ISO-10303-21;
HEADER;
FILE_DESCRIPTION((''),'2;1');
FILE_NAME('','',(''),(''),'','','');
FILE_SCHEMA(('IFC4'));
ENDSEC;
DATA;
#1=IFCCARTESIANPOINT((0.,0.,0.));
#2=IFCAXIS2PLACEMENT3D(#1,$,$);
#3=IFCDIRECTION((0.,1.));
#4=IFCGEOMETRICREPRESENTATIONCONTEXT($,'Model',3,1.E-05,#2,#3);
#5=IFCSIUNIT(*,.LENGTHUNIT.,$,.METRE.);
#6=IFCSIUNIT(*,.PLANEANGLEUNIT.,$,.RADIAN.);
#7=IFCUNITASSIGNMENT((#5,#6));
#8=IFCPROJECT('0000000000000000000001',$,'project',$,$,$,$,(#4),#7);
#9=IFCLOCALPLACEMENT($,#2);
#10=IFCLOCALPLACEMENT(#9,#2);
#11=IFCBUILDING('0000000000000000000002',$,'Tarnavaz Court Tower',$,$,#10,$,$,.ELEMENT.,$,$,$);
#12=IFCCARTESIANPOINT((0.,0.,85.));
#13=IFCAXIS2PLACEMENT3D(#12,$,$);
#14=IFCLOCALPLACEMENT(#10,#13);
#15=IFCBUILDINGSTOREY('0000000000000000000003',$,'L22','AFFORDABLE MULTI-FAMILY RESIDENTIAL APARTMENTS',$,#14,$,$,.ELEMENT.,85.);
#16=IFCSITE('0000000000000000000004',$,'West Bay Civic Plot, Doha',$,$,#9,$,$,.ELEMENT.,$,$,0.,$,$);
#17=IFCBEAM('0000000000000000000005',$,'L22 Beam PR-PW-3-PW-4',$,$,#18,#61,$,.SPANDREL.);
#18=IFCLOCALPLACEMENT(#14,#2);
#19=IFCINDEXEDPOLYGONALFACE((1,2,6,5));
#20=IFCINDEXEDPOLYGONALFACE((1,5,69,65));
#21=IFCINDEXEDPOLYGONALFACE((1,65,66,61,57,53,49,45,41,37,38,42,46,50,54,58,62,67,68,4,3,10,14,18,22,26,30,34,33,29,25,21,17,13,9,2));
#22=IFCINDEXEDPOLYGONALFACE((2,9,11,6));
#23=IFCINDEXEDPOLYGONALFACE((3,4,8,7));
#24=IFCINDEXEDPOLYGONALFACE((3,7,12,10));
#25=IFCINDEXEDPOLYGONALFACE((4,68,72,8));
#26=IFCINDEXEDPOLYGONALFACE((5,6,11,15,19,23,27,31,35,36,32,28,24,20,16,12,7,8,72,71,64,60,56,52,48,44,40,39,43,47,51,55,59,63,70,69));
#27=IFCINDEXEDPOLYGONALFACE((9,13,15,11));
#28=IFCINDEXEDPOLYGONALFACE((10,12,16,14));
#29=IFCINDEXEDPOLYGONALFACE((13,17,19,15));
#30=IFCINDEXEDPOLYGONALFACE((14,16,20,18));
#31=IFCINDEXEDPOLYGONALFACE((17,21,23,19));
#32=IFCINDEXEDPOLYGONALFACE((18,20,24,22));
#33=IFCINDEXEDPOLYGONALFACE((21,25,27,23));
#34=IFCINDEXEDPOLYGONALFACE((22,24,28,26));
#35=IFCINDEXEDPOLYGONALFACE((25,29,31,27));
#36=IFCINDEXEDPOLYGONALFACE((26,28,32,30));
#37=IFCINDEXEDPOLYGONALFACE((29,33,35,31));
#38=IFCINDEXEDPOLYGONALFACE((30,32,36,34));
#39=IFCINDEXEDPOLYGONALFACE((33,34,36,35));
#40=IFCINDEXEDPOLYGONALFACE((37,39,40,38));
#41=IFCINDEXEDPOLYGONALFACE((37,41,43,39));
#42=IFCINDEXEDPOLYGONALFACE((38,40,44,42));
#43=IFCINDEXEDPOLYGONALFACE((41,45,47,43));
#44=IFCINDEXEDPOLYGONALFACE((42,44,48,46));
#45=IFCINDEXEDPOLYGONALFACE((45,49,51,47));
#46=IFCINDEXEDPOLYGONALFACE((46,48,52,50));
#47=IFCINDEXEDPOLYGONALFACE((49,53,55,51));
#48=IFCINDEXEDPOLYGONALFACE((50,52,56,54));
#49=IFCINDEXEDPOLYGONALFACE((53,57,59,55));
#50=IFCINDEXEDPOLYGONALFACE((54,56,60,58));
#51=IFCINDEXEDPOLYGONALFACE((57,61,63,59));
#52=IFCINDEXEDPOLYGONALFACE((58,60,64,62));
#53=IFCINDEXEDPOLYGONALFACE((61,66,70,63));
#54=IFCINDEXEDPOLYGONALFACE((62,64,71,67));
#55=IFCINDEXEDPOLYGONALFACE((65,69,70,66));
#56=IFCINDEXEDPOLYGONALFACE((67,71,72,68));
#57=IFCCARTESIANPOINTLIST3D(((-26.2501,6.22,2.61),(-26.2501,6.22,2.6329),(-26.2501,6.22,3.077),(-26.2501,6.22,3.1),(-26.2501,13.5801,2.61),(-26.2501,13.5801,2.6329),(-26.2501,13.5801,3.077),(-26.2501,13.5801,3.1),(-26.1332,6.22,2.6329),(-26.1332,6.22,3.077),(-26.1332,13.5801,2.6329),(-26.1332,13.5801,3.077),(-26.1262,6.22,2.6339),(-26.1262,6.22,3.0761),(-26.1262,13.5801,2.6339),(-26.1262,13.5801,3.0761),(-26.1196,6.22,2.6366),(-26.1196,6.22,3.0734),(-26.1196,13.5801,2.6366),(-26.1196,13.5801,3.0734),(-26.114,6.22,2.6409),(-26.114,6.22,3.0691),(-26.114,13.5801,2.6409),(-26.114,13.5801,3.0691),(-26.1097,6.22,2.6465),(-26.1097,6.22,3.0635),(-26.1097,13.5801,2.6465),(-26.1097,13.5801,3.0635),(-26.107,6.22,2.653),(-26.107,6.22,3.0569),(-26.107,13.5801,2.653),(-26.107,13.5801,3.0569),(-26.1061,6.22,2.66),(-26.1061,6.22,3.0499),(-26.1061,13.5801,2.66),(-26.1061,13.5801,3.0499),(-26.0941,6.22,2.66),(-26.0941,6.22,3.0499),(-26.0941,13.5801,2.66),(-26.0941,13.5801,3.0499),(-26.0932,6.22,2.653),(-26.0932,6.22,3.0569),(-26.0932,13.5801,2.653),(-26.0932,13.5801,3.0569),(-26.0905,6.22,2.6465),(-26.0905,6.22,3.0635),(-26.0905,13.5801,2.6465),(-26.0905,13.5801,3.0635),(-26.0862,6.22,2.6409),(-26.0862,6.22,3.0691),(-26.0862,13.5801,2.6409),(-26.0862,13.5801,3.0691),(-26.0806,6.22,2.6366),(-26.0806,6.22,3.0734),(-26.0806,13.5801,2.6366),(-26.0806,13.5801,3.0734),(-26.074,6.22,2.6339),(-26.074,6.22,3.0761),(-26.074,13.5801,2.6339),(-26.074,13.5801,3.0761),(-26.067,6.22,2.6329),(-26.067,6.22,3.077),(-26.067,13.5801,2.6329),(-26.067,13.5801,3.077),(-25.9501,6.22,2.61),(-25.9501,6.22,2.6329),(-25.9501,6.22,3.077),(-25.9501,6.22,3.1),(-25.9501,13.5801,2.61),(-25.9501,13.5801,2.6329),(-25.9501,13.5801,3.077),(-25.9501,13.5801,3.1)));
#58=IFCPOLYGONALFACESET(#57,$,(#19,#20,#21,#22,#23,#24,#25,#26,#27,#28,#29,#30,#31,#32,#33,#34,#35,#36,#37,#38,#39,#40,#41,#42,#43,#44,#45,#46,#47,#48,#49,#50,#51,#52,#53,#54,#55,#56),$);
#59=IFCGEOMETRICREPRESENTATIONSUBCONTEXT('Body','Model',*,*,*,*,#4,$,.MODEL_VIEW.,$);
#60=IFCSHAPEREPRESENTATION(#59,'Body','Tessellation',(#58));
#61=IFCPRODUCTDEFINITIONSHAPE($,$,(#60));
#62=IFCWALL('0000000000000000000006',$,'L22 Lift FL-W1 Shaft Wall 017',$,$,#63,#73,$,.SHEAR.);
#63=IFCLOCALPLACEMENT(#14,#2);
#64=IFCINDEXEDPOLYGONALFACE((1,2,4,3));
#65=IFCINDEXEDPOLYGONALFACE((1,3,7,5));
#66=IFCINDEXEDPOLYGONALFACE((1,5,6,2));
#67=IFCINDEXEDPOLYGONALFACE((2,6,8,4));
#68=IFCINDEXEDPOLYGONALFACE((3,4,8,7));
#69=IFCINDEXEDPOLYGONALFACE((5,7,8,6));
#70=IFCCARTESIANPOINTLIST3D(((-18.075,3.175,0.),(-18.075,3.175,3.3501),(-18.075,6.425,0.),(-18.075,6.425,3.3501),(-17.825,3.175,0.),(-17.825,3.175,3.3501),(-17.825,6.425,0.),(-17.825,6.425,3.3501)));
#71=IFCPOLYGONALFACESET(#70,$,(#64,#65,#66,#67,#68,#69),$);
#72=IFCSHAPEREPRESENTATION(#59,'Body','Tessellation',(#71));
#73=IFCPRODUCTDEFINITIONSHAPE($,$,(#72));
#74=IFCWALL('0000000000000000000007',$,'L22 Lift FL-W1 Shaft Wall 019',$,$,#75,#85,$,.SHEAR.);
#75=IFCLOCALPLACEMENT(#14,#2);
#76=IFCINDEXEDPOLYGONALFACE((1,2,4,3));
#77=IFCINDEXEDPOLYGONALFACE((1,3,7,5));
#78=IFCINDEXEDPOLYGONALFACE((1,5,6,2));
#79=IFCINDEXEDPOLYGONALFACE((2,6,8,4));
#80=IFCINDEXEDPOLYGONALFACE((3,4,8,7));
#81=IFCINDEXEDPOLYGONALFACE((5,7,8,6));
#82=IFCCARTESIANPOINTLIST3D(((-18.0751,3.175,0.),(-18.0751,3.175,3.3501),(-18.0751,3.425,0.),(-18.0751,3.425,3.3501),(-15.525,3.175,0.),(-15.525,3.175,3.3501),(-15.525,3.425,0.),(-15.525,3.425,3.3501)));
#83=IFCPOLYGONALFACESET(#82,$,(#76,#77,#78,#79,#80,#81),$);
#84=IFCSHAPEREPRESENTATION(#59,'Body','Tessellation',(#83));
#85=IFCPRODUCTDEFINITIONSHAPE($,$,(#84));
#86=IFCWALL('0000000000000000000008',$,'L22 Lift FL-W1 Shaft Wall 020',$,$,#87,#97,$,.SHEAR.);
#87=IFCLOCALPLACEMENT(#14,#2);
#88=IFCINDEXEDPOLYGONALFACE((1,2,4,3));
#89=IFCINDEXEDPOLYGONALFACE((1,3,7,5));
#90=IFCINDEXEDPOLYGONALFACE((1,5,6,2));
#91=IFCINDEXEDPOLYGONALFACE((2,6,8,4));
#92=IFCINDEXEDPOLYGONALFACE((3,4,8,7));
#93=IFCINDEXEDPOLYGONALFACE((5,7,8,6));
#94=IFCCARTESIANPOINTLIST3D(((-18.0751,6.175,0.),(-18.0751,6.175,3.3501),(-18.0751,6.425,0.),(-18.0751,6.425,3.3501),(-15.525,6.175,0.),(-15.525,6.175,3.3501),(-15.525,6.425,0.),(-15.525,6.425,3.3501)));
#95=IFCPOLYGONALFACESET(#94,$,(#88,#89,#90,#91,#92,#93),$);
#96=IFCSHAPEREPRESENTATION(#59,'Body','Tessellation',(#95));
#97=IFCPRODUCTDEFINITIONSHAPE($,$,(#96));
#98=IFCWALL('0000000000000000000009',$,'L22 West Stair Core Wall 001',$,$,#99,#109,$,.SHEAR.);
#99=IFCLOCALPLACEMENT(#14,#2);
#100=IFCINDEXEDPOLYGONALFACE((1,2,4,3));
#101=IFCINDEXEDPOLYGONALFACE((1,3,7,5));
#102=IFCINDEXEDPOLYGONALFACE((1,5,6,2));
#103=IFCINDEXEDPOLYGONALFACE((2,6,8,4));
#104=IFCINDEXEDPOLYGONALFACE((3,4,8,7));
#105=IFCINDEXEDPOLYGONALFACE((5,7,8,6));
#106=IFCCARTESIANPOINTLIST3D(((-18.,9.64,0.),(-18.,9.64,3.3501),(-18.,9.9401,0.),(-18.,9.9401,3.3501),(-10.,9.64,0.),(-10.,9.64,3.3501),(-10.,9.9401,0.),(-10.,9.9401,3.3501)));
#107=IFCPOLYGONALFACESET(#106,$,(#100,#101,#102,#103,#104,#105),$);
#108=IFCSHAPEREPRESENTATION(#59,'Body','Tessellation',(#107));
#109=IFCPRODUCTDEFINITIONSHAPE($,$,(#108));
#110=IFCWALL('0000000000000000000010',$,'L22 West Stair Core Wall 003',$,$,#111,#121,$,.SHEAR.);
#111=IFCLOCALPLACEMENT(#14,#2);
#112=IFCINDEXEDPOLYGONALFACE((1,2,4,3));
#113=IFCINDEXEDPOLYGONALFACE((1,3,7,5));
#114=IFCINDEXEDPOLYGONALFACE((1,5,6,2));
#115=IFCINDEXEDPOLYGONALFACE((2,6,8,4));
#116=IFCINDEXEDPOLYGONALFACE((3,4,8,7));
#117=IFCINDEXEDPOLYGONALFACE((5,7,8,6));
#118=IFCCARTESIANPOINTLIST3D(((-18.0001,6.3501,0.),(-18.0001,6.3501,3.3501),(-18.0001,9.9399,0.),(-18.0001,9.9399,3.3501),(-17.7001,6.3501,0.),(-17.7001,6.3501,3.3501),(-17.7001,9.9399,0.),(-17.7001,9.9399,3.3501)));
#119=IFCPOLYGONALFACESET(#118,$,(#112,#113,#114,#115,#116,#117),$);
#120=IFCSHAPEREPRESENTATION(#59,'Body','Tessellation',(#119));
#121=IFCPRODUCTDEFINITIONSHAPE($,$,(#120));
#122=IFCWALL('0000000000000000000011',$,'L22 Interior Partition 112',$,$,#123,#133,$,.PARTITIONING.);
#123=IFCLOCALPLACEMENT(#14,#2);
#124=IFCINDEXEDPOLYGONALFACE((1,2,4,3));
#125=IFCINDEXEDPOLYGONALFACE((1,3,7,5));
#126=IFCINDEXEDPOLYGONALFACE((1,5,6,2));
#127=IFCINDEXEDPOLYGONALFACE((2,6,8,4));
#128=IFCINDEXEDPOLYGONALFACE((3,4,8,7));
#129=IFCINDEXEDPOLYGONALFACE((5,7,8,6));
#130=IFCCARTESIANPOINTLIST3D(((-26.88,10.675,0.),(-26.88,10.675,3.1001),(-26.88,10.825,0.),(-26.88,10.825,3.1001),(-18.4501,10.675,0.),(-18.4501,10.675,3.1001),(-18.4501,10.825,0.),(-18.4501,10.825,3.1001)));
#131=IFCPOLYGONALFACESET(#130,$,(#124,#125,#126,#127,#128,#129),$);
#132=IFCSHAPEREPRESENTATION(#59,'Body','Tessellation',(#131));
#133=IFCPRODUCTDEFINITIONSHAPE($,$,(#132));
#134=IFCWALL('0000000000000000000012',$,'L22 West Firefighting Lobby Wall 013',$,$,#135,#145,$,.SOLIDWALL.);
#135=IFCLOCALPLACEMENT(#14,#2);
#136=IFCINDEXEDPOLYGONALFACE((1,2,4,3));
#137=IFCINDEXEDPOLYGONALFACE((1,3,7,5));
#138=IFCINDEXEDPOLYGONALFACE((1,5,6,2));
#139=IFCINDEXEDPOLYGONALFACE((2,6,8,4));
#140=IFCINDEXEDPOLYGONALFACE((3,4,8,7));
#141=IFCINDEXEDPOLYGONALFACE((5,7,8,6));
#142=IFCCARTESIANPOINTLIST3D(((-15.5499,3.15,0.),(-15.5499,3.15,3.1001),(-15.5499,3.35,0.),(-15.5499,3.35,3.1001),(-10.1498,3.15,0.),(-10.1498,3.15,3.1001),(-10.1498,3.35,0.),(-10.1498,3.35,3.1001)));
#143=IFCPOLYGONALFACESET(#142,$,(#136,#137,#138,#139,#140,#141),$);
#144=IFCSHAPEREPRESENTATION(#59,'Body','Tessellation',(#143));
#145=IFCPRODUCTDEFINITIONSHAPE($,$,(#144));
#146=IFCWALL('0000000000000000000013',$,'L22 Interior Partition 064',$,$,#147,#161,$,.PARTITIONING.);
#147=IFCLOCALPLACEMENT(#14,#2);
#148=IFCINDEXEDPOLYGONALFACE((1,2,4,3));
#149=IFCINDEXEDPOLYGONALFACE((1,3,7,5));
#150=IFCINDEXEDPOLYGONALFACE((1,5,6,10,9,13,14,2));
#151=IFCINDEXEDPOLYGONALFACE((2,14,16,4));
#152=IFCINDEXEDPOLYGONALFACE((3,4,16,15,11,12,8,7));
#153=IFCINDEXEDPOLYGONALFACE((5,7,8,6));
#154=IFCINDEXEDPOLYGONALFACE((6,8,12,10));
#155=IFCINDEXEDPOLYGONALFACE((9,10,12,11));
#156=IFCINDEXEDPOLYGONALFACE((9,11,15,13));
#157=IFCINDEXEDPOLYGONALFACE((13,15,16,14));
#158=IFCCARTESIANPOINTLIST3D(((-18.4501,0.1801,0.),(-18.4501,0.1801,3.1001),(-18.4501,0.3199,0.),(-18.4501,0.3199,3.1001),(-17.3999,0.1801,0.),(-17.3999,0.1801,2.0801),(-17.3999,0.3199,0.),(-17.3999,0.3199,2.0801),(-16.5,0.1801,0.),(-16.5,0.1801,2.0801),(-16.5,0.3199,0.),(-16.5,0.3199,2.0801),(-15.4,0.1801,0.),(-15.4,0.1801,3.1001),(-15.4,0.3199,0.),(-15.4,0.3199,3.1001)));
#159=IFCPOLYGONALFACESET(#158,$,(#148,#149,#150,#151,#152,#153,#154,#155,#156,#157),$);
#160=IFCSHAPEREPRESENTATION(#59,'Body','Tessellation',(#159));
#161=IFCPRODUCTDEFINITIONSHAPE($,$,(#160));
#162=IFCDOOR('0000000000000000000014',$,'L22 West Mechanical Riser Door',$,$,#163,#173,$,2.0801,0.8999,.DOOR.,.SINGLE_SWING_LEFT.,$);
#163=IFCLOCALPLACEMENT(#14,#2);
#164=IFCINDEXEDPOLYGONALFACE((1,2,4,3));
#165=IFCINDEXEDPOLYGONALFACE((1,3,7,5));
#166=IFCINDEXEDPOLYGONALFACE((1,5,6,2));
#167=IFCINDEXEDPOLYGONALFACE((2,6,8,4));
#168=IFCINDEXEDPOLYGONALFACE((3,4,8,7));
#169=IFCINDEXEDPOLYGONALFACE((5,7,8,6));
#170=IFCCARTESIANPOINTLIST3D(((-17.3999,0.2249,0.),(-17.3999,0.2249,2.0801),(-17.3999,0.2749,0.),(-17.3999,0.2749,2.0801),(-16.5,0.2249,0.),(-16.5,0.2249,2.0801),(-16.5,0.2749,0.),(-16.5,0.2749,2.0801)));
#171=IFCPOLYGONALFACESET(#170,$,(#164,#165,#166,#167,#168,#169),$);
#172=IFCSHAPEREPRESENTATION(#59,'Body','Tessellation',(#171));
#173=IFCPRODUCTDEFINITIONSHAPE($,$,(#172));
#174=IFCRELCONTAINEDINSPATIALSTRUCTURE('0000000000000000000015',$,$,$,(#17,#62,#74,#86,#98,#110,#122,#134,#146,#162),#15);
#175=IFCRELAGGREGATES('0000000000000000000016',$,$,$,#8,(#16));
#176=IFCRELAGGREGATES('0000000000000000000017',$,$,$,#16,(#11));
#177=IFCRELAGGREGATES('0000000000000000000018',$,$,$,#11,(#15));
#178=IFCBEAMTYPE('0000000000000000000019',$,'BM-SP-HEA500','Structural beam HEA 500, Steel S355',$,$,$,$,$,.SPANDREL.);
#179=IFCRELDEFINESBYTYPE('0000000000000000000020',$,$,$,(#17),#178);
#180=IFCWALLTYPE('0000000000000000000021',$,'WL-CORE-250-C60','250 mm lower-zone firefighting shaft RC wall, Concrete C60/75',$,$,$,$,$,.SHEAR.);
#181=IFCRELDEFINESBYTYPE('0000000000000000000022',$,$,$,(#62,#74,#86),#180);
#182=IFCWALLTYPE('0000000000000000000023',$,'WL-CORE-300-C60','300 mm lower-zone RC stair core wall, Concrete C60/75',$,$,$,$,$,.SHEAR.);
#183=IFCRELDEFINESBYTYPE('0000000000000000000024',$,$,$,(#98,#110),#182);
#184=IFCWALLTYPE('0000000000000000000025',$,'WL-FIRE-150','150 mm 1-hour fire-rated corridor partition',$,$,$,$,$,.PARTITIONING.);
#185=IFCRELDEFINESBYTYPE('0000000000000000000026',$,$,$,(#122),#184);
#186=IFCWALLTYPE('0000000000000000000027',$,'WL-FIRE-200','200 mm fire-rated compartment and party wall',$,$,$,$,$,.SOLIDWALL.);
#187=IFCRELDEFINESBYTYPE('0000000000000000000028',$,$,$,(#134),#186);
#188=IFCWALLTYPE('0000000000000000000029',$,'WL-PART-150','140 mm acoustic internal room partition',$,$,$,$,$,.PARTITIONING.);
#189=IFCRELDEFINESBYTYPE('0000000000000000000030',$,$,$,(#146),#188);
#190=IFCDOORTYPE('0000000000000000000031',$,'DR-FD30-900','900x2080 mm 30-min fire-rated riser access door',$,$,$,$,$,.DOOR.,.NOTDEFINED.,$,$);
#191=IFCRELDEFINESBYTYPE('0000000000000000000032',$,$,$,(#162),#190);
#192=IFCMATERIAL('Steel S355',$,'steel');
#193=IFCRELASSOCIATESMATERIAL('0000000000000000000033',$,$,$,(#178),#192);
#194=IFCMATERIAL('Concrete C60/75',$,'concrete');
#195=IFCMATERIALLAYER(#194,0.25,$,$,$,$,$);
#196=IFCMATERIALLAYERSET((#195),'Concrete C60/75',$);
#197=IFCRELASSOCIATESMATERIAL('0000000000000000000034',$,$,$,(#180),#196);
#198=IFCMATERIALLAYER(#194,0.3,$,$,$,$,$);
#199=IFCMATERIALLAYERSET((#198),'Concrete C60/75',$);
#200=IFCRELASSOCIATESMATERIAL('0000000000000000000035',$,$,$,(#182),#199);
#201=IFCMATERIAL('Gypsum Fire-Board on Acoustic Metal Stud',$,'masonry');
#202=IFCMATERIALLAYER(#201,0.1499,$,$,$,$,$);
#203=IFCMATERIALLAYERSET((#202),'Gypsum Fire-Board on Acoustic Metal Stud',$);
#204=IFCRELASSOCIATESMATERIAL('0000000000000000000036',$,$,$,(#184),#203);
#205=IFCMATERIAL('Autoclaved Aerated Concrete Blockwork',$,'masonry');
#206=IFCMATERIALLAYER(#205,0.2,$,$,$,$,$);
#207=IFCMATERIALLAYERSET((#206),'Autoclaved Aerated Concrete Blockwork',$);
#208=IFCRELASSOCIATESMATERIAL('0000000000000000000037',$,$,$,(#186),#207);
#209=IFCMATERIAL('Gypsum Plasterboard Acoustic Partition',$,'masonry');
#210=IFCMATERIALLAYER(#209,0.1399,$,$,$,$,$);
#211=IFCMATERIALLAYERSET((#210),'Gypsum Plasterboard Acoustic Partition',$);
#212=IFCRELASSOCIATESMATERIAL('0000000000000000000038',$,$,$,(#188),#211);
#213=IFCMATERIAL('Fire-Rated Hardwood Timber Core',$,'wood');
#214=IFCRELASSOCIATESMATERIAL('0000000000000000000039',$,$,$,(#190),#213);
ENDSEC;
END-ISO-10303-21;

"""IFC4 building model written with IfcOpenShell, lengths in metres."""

from ifc_helpers import new_model, si_unit, direction, frame, frame_2d, origin, origin_2d, place, context, subcontext, project, spatial, rectangle, i_section, extrude, material, layer, layer_set, material_profile, profile_set, type_object, element, fill, save


model = new_model("IFC4")

# Units and contexts
model_context = context("Model", 3, precision=1e-05, world=origin(), true_north=direction((0.0, 1.0)))
body_context = subcontext(model_context, "Body", "Model", "MODEL_VIEW")
ifc_project = project(units=[si_unit("LENGTHUNIT", "METRE"), si_unit("PLANEANGLEUNIT", "RADIAN")], contexts=[model_context])

# Site, building, storey
site_placement = place(None, origin())
site = spatial("IfcSite", under=ifc_project, at=site_placement, Name="West Bay Civic Plot, Doha", CompositionType="ELEMENT", RefElevation=0.0)
building_placement = place(site_placement, origin())
building = spatial("IfcBuilding", under=site, at=building_placement, Name="Tarnavaz Court Tower", CompositionType="ELEMENT")
storey_placement = place(building_placement, frame((0.0, 0.0, 85.0)))
storey = spatial("IfcBuildingStorey", under=building, at=storey_placement, Name="L22", Description="AFFORDABLE MULTI-FAMILY RESIDENTIAL APARTMENTS", CompositionType="ELEMENT", Elevation=85.0)

# Shared definitions
ifc_material_1 = material(Name="Concrete C60/75", Category="concrete")

# Beam
ifc_material_2 = material(Name="Steel S355", Category="steel")
ifc_material_profile_1 = material_profile(ifc_material_2, i_section(OverallWidth=0.3, OverallDepth=0.49, WebThickness=0.012, FlangeThickness=0.0229, FilletRadius=0.0271, at=origin_2d()), Name="HEA 500")
ifc_profile_set_1 = profile_set([ifc_material_profile_1], Name="Steel S355")
beam_type_1 = type_object("IfcBeamType", Name="BM-SP-HEA500", Description="Structural beam HEA 500, Steel S355", PredefinedType="SPANDREL", material=ifc_profile_set_1)
beam_1_placement = place(storey_placement, frame((-26.1001, 6.22, 2.855), z_axis=(0.0, 1.0, 0.0), x_axis=(-1.0, 0.0, 0.0)))
element("IfcBeam", 1, at=beam_1_placement, inside=storey, type_object=beam_type_1, Name="L22 Beam PR-PW-3-PW-4", PredefinedType="SPANDREL", context=body_context, shape_type="SweptSolid", body=[
    extrude(i_section(OverallWidth=0.3, OverallDepth=0.49, WebThickness=0.012, FlangeThickness=0.0229, FilletRadius=0.0271, at=origin_2d()), origin(), (0.0, 0.0, 1.0), 7.3601),
])

# Wall
ifc_layer_1 = layer(ifc_material_1, 0.25)
ifc_layer_set_1 = layer_set([ifc_layer_1], Name="Concrete C60/75")
wall_type_1 = type_object("IfcWallType", Name="WL-CORE-250-C60", Description="250 mm lower-zone firefighting shaft RC wall, Concrete C60/75", PredefinedType="SHEAR", material=ifc_layer_set_1)
wall_1_placement = place(storey_placement, frame((-17.95, 3.175, 0.0), z_axis=(0.0, 0.0, 1.0), x_axis=(0.0, 1.0, 0.0)))
element("IfcWall", 2, at=wall_1_placement, inside=storey, type_object=wall_type_1, Name="L22 Lift FL-W1 Shaft Wall 017", PredefinedType="SHEAR", context=body_context, shape_type="SweptSolid", body=[
    extrude(rectangle(XDim=3.25, YDim=0.25, at=frame_2d((1.625, 0.0))), origin(), (0.0, 0.0, 1.0), 3.3501),
])

# Walls
for number, where, z_axis, x_axis, name in (
    (3, (-18.075, 3.3, 0.0), (0.0, 0.0, 1.0), (1.0, 0.0, 0.0), "L22 Lift FL-W1 Shaft Wall 019"),
    (4, (-18.075, 6.3, 0.0), (0.0, 0.0, 1.0), (1.0, 0.0, 0.0), "L22 Lift FL-W1 Shaft Wall 020"),
):
    element("IfcWall", number, at=place(storey_placement, frame(where, z_axis=z_axis, x_axis=x_axis)), inside=storey, type_object=wall_type_1, Name=name, PredefinedType="SHEAR", context=body_context, shape_type="SweptSolid", body=[
        extrude(rectangle(XDim=2.55, YDim=0.25, at=frame_2d((1.2749, 0.0))), origin(), (0.0, 0.0, 1.0), 3.3501),
    ])
ifc_layer_2 = layer(ifc_material_1, 0.3)
ifc_layer_set_2 = layer_set([ifc_layer_2], Name="Concrete C60/75")
wall_type_2 = type_object("IfcWallType", Name="WL-CORE-300-C60", Description="300 mm lower-zone RC stair core wall, Concrete C60/75", PredefinedType="SHEAR", material=ifc_layer_set_2)
wall_2_placement = place(storey_placement, frame((-18.0, 9.79, 0.0), z_axis=(0.0, 0.0, 1.0), x_axis=(1.0, 0.0, 0.0)))
element("IfcWall", 5, at=wall_2_placement, inside=storey, type_object=wall_type_2, Name="L22 West Stair Core Wall 001", PredefinedType="SHEAR", context=body_context, shape_type="SweptSolid", body=[
    extrude(rectangle(XDim=8.0, YDim=0.3, at=frame_2d((4.0, 0.0))), origin(), (0.0, 0.0, 1.0), 3.3501),
])

# Shared definitions
ifc_material_3 = material(Name="Fire-Rated Hardwood Timber Core", Category="wood")

# Walls
wall_3_placement = place(storey_placement, frame((-17.8501, 6.3501, 0.0), z_axis=(0.0, 0.0, 1.0), x_axis=(0.0, 1.0, 0.0)))
element("IfcWall", 6, at=wall_3_placement, inside=storey, type_object=wall_type_2, Name="L22 West Stair Core Wall 003", PredefinedType="SHEAR", context=body_context, shape_type="SweptSolid", body=[
    extrude(rectangle(XDim=3.5898, YDim=0.3, at=frame_2d((1.7949, 0.0))), origin(), (0.0, 0.0, 1.0), 3.3501),
])
ifc_material_4 = material(Name="Gypsum Fire-Board on Acoustic Metal Stud", Category="masonry")
ifc_layer_3 = layer(ifc_material_4, 0.1499)
ifc_layer_set_3 = layer_set([ifc_layer_3], Name="Gypsum Fire-Board on Acoustic Metal Stud")
wall_type_3 = type_object("IfcWallType", Name="WL-FIRE-150", Description="150 mm 1-hour fire-rated corridor partition", PredefinedType="PARTITIONING", material=ifc_layer_set_3)
wall_4_placement = place(storey_placement, frame((-26.8799, 10.75, 0.0), z_axis=(0.0, 0.0, 1.0), x_axis=(1.0, 0.0, 0.0)))
element("IfcWall", 7, at=wall_4_placement, inside=storey, type_object=wall_type_3, Name="L22 Interior Partition 112", PredefinedType="PARTITIONING", context=body_context, shape_type="SweptSolid", body=[
    extrude(rectangle(XDim=8.4299, YDim=0.1499, at=frame_2d((4.2148, 0.0))), origin(), (0.0, 0.0, 1.0), 3.1001),
])
ifc_material_5 = material(Name="Autoclaved Aerated Concrete Blockwork", Category="masonry")
ifc_layer_4 = layer(ifc_material_5, 0.2)
ifc_layer_set_4 = layer_set([ifc_layer_4], Name="Autoclaved Aerated Concrete Blockwork")
wall_type_4 = type_object("IfcWallType", Name="WL-FIRE-200", Description="200 mm fire-rated compartment and party wall", PredefinedType="SOLIDWALL", material=ifc_layer_set_4)
wall_5_placement = place(storey_placement, frame((-15.55, 3.25, 0.0), z_axis=(0.0, 0.0, 1.0), x_axis=(1.0, 0.0, 0.0)))
element("IfcWall", 8, at=wall_5_placement, inside=storey, type_object=wall_type_4, Name="L22 West Firefighting Lobby Wall 013", PredefinedType="SOLIDWALL", context=body_context, shape_type="SweptSolid", body=[
    extrude(rectangle(XDim=5.4001, YDim=0.2, at=frame_2d((2.7002, 0.0))), origin(), (0.0, 0.0, 1.0), 3.1001),
])

# Wall, opening, door
ifc_material_6 = material(Name="Gypsum Plasterboard Acoustic Partition", Category="masonry")
ifc_layer_5 = layer(ifc_material_6, 0.1399)
ifc_layer_set_5 = layer_set([ifc_layer_5], Name="Gypsum Plasterboard Acoustic Partition")
wall_type_5 = type_object("IfcWallType", Name="WL-PART-150", Description="140 mm acoustic internal room partition", PredefinedType="PARTITIONING", material=ifc_layer_set_5)
wall_6_placement = place(storey_placement, frame((-18.45, 0.25, 0.0), z_axis=(0.0, 0.0, 1.0), x_axis=(1.0, 0.0, 0.0)))
wall_6 = element("IfcWall", 9, at=wall_6_placement, inside=storey, type_object=wall_type_5, Name="L22 Interior Partition 064", PredefinedType="PARTITIONING", context=body_context, shape_type="SweptSolid", body=[
    extrude(rectangle(XDim=3.05, YDim=0.1399, at=frame_2d((1.5249, 0.0))), origin(), (0.0, 0.0, 1.0), 3.1001),
])
opening_1_placement = place(wall_6_placement, frame((1.05, 0.0, 0.0)))
opening_1 = element("IfcOpeningElement", 10, at=opening_1_placement, cuts=wall_6, PredefinedType="OPENING", context=body_context, shape_type="SweptSolid", body=[
    extrude(rectangle(XDim=0.8999, YDim=2.0801, at=frame_2d((0.45, 1.04))), frame((0.0, 0.0798, 0.0), z_axis=(0.0, -1.0, 0.0), x_axis=(1.0, 0.0, 0.0)), (0.0, 0.0, 1.0), 0.1599),
])
door_type_1 = type_object("IfcDoorType", Name="DR-FD30-900", Description="900x2080 mm 30-min fire-rated riser access door", OperationType="NOTDEFINED", PredefinedType="DOOR", material=ifc_material_3)
door_1_placement = place(opening_1_placement, origin())
door_1 = element("IfcDoor", 11, at=door_1_placement, inside=storey, type_object=door_type_1, Name="L22 West Mechanical Riser Door", OperationType="SINGLE_SWING_LEFT", OverallHeight=2.0801, OverallWidth=0.8999, PredefinedType="DOOR", context=body_context, shape_type="SweptSolid", body=[
    extrude(rectangle(XDim=0.8999, YDim=2.0801, at=frame_2d((0.45, 1.04))), frame((0.0, 0.0249, 0.0), z_axis=(0.0, -1.0, 0.0), x_axis=(1.0, 0.0, 0.0)), (0.0, 0.0, 1.0), 0.05),
])
fill(opening_1, door_1)

save(model, "model.ifc")
